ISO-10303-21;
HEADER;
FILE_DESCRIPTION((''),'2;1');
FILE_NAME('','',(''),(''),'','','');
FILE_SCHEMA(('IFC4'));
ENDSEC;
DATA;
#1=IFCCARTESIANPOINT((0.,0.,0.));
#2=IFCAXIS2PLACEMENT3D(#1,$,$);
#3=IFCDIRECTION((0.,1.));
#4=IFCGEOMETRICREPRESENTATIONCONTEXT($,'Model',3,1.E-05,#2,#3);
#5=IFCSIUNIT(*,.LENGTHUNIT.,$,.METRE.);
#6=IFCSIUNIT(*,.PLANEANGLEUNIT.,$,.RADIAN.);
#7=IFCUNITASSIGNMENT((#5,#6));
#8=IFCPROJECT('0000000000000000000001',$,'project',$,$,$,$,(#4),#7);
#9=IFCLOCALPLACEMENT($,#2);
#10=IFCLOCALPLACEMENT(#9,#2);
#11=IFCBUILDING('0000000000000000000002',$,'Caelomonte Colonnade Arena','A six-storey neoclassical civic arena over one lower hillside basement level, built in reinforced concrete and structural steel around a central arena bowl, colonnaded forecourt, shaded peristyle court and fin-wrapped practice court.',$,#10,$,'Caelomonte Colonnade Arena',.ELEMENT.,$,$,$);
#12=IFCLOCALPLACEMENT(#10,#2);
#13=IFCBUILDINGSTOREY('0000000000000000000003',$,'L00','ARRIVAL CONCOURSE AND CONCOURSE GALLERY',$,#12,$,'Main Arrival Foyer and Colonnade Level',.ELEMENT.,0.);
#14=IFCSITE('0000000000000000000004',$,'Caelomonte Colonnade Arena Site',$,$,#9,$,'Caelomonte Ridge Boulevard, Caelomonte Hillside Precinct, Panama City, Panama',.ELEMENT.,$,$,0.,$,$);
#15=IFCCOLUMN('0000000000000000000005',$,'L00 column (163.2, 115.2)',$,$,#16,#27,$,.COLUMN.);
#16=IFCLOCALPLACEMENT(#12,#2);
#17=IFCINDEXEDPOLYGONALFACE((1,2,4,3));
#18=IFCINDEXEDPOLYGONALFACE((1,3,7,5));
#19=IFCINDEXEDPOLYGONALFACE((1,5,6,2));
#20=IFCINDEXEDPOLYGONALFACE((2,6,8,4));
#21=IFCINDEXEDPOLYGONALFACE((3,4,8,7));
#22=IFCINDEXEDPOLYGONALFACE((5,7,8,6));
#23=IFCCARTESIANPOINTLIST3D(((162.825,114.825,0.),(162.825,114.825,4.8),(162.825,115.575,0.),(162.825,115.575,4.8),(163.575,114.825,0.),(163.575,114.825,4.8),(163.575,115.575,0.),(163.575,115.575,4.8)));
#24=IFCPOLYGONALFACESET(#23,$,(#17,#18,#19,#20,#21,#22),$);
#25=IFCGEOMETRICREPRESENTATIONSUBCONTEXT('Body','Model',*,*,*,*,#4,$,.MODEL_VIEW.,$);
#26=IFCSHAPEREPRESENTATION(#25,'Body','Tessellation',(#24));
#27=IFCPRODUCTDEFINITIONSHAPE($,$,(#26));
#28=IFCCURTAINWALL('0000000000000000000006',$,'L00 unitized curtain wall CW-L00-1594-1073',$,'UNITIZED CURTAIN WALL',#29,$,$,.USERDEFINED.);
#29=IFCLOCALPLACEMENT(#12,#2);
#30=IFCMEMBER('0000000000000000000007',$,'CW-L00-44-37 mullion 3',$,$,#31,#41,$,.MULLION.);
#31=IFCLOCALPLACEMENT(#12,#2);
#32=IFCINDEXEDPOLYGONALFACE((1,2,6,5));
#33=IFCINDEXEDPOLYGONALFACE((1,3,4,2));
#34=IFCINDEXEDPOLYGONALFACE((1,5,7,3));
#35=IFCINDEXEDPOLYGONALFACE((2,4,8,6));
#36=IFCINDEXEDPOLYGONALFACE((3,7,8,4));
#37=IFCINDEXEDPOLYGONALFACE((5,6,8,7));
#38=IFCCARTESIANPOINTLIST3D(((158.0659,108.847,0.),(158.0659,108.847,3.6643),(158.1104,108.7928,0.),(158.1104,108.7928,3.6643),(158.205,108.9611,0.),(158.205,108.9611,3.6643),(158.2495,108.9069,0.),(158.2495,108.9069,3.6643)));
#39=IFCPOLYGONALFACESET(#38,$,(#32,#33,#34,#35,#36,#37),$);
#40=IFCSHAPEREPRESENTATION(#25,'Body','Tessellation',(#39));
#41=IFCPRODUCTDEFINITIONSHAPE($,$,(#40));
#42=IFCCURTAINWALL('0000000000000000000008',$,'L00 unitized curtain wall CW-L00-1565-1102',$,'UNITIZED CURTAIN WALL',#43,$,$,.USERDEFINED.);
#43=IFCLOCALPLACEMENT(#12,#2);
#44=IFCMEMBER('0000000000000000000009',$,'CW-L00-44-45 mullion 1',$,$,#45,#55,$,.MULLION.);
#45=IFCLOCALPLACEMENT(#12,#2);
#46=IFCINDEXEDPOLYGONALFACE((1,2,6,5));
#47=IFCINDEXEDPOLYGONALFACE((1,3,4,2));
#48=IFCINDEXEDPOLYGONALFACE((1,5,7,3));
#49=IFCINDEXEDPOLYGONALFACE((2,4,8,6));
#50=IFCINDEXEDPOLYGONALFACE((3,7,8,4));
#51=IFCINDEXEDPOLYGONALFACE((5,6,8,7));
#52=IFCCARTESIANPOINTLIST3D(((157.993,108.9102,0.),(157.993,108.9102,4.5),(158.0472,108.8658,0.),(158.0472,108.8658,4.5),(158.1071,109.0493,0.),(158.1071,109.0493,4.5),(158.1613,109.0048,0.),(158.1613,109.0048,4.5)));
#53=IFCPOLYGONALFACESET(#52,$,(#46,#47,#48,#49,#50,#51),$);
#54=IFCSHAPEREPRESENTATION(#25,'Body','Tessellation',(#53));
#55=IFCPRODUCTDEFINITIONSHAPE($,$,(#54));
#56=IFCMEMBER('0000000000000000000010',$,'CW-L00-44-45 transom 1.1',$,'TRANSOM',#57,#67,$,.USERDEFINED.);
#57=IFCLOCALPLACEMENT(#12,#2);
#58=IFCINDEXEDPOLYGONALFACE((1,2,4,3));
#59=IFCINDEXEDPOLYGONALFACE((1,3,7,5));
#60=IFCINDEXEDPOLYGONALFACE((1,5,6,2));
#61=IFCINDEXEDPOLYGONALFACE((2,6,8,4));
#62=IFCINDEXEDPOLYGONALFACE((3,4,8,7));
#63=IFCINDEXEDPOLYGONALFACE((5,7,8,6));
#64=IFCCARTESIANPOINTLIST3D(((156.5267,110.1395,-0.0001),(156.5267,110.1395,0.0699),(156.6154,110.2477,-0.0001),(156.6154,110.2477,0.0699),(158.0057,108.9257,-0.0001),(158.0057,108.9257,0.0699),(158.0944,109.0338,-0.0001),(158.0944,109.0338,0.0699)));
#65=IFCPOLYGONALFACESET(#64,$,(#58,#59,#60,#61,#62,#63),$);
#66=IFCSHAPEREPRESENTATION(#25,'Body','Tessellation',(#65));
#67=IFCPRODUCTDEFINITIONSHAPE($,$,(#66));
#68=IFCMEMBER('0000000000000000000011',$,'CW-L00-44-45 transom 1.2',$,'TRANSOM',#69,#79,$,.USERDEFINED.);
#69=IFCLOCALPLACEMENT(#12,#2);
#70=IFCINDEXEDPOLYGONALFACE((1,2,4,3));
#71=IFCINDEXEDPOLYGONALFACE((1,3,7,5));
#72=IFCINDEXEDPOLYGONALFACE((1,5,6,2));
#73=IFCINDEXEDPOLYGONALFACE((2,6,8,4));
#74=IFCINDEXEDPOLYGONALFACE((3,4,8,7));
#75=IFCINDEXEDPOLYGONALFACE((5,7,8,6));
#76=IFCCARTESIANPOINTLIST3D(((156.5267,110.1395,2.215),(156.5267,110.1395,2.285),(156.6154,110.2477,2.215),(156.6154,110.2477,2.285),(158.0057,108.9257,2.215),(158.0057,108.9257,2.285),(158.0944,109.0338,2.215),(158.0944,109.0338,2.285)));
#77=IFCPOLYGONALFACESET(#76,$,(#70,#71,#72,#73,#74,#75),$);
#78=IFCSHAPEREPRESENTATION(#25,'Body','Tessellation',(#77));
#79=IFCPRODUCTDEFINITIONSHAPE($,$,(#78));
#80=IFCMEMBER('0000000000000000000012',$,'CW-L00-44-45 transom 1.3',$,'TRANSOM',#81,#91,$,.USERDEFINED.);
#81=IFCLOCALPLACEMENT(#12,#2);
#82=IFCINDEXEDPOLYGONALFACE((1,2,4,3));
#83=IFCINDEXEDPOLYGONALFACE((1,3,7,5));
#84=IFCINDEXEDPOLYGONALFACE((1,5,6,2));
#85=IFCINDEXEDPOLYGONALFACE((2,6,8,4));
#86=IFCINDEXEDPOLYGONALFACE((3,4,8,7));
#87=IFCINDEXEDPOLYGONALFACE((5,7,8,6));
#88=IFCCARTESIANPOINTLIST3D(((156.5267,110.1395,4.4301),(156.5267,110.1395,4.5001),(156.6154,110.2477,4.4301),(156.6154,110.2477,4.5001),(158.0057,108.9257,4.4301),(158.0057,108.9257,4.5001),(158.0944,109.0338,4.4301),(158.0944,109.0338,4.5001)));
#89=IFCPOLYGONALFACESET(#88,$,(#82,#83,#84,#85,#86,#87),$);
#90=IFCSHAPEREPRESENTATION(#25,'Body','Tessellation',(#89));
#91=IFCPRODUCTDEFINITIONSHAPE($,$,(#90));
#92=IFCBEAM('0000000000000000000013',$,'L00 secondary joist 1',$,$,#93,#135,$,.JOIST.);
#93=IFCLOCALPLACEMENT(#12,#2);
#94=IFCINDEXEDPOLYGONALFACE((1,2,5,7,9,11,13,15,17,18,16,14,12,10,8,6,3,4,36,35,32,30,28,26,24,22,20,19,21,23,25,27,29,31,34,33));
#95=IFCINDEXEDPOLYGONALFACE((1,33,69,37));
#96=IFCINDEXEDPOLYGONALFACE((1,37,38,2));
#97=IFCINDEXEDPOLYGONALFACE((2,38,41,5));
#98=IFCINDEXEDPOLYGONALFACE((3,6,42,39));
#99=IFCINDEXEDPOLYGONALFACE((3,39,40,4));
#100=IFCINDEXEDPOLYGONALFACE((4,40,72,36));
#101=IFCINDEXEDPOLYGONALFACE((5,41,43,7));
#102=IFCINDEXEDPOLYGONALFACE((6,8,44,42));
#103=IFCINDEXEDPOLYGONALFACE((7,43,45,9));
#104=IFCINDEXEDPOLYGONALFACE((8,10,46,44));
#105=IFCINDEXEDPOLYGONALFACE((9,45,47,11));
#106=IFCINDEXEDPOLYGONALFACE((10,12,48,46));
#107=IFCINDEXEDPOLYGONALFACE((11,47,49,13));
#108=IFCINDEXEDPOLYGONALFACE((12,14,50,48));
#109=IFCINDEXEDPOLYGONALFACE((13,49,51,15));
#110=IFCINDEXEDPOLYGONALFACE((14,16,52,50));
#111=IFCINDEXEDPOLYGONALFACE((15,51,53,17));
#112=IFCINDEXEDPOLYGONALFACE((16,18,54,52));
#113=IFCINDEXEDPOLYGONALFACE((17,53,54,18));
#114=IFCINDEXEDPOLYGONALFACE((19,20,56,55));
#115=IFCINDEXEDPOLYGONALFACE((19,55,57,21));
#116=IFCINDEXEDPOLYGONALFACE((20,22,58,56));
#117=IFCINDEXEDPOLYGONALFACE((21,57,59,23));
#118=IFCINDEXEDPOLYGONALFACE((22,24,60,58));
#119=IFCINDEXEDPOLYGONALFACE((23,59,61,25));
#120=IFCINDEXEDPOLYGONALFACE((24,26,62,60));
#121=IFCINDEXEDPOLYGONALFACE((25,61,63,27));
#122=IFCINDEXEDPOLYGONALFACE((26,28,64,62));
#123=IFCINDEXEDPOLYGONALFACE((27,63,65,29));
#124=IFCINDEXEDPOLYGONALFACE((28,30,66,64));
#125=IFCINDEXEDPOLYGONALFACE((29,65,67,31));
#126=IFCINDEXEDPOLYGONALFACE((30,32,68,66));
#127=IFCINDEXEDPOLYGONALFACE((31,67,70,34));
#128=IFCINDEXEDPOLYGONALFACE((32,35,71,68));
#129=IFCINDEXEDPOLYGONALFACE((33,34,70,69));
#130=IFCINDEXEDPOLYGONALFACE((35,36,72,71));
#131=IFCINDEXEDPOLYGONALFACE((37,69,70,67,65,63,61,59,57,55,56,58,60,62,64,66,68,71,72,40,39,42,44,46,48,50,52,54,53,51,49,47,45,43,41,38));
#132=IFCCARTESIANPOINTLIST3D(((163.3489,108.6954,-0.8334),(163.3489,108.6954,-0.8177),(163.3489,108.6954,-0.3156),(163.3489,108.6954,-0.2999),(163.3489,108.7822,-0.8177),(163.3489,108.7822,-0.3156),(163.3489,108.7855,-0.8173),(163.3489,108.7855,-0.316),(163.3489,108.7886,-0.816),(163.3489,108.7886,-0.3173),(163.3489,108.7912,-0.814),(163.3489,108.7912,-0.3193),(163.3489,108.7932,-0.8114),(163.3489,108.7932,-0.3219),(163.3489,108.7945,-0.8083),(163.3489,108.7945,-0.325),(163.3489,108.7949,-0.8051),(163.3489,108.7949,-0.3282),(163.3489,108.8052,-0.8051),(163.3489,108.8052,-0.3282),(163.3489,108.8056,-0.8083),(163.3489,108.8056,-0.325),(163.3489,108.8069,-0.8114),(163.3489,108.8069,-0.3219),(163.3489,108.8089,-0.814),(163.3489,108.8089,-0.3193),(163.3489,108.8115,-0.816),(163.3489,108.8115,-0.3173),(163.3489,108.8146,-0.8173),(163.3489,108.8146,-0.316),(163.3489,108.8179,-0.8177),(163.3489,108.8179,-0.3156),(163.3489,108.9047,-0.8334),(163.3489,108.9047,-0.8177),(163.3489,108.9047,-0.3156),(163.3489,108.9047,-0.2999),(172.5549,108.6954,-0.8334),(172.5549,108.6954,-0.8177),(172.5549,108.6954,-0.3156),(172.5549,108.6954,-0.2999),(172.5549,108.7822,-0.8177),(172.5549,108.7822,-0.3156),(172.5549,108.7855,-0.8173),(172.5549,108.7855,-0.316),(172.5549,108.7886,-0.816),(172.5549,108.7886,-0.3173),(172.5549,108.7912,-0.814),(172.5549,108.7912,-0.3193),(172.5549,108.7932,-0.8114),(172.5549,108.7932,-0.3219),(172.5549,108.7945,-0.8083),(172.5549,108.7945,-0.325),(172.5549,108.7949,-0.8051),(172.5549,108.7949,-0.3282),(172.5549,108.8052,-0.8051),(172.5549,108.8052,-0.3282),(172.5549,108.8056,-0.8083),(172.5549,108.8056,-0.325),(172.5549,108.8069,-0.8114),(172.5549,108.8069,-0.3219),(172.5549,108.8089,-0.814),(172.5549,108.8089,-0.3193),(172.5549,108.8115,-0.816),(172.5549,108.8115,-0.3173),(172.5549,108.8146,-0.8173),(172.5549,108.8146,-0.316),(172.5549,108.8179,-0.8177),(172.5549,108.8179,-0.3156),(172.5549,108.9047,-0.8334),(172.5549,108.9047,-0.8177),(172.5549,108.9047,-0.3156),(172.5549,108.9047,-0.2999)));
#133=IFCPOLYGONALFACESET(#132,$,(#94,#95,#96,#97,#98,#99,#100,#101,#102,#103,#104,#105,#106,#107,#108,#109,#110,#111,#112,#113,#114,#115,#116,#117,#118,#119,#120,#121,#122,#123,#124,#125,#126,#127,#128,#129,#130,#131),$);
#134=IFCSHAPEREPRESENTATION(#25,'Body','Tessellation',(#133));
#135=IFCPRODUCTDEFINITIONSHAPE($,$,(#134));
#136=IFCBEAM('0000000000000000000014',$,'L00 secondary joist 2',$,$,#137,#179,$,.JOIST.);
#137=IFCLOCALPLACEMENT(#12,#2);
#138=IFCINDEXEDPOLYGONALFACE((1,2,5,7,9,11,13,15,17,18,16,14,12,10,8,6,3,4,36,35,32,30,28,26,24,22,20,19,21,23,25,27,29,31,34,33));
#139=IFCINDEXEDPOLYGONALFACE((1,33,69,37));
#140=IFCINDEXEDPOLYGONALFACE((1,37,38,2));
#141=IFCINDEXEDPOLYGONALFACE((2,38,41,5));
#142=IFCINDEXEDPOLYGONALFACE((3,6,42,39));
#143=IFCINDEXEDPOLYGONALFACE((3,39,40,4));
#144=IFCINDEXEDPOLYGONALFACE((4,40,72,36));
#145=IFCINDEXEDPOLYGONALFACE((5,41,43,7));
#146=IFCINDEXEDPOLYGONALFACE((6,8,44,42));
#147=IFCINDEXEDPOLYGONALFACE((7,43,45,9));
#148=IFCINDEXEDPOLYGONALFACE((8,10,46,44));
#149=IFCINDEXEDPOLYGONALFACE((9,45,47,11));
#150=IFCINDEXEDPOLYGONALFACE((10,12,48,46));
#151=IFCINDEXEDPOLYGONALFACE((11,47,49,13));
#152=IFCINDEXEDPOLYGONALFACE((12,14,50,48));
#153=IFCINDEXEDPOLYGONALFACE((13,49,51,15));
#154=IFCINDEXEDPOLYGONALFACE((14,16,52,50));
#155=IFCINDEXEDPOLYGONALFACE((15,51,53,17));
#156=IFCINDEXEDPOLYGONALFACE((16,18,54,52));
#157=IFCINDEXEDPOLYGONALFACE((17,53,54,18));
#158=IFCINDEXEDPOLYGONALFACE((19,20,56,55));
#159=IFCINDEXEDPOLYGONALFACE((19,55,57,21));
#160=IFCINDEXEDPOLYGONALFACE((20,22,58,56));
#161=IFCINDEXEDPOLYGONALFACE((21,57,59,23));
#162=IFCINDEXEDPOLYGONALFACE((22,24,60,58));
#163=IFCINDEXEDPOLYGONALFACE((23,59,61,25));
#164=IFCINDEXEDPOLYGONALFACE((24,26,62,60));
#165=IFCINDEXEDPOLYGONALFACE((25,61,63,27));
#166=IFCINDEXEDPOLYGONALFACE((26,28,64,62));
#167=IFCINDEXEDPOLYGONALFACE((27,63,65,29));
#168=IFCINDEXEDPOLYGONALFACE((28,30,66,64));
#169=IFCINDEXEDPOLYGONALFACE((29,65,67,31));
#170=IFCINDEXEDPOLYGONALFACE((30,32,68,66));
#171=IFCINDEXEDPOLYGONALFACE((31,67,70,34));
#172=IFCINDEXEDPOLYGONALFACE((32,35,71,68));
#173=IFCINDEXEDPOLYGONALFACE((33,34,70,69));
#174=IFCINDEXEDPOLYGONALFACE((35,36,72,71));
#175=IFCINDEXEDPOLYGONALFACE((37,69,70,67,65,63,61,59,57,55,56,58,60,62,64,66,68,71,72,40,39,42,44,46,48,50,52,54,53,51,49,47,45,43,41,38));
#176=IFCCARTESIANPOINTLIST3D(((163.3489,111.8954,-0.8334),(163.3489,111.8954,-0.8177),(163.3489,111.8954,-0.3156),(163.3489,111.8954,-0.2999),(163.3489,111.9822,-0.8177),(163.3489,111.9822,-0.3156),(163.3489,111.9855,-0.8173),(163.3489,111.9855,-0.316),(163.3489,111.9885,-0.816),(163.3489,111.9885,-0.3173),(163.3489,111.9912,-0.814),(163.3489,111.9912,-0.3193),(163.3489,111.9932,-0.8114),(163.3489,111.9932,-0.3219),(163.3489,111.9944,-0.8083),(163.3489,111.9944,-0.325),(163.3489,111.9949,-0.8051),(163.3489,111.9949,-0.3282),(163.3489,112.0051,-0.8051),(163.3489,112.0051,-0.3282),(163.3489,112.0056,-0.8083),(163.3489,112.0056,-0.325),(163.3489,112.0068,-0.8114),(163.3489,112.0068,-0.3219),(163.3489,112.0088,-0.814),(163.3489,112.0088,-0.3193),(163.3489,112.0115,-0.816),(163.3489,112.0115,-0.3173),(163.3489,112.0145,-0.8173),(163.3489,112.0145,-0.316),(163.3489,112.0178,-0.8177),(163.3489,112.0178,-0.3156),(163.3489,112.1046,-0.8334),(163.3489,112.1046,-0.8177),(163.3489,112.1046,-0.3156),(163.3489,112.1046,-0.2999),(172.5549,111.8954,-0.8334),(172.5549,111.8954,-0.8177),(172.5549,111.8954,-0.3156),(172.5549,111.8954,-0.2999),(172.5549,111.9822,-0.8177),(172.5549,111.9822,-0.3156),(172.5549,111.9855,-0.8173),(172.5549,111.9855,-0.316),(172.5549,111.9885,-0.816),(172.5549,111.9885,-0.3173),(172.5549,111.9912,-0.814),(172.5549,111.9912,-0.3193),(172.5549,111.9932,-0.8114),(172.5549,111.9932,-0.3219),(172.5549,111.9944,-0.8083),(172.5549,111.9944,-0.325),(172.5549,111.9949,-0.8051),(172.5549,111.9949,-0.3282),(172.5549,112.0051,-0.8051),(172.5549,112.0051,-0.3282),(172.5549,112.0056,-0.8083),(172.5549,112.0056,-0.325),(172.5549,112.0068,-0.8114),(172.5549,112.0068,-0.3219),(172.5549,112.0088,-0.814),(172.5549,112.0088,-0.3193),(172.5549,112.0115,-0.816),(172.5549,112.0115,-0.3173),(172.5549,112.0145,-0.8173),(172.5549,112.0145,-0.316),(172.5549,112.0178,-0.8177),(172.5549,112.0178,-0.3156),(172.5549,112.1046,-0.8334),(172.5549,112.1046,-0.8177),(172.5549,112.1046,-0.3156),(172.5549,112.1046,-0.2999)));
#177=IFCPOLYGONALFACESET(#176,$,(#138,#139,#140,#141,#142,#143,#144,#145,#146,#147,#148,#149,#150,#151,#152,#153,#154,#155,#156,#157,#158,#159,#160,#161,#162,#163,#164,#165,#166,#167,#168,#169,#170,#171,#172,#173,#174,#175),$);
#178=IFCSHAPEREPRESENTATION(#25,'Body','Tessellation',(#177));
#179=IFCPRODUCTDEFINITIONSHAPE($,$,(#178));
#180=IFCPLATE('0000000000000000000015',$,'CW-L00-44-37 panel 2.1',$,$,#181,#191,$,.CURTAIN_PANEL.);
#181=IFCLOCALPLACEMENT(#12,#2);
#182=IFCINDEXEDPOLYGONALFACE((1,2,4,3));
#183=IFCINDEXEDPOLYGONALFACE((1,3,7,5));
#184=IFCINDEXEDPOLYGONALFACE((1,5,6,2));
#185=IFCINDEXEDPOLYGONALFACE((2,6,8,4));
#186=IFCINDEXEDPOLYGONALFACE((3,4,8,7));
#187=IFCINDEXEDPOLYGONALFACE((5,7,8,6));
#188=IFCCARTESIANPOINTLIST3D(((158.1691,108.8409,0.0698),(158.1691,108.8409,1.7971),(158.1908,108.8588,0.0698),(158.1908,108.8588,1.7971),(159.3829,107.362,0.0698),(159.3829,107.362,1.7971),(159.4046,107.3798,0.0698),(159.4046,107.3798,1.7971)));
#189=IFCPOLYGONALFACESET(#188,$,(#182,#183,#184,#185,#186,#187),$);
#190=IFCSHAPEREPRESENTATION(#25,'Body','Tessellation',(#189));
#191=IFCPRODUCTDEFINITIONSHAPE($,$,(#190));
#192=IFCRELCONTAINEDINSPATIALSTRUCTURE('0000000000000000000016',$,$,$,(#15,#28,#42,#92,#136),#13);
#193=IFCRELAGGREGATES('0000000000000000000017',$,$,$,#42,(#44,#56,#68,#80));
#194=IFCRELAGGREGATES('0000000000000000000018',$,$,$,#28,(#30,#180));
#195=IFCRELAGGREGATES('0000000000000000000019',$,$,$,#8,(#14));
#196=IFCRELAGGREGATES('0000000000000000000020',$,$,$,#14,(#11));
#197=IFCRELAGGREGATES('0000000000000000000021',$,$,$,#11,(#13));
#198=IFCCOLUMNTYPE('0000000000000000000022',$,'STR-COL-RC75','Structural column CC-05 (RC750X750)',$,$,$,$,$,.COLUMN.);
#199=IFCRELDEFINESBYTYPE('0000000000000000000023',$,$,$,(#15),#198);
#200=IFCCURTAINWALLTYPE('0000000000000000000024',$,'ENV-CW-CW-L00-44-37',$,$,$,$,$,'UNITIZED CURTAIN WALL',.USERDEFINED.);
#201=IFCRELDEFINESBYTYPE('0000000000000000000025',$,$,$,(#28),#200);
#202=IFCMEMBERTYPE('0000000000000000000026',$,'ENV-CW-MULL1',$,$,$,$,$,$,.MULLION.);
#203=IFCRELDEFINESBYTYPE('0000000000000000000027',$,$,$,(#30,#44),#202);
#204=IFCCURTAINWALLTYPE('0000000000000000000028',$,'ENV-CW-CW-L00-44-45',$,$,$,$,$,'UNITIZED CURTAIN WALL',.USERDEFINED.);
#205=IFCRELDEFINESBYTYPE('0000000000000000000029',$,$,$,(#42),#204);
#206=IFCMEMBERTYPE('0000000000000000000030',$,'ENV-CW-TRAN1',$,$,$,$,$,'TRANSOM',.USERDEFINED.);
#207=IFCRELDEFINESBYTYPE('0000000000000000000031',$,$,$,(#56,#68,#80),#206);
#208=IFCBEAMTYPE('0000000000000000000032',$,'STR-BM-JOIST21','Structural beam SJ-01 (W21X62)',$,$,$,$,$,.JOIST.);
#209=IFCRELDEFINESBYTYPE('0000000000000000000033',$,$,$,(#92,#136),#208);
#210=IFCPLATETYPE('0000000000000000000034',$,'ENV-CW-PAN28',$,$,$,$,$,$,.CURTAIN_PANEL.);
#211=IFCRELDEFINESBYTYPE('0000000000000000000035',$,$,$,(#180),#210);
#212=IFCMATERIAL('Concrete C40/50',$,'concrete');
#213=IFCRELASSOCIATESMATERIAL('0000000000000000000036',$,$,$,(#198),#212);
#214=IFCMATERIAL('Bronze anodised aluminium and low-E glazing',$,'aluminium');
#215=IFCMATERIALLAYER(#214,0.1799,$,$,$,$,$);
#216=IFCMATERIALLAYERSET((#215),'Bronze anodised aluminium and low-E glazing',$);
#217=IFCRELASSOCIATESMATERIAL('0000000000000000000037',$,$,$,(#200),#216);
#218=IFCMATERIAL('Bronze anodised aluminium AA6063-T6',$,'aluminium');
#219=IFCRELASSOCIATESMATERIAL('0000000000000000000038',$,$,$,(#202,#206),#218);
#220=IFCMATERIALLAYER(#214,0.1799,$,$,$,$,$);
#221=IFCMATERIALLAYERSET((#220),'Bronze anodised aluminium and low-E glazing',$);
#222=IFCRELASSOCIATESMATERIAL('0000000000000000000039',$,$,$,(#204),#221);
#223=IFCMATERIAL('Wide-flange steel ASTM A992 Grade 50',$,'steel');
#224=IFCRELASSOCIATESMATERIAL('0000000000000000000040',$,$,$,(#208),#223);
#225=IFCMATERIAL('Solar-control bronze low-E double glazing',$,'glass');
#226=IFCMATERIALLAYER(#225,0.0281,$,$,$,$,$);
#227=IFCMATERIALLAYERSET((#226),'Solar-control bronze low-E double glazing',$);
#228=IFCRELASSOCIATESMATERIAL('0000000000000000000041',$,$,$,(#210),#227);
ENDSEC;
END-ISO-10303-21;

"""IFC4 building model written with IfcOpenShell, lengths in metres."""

from ifc_helpers import new_model, si_unit, direction, frame, origin, origin_2d, place, context, subcontext, project, spatial, rectangle, i_section, extrude, material, layer, layer_set, material_profile, profile_set, type_object, element, aggregate, save


model = new_model("IFC4")

# Units and contexts
model_context = context("Model", 3, precision=1e-05, world=origin(), true_north=direction((0.0, 1.0)))
body_context = subcontext(model_context, "Body", "Model", "MODEL_VIEW")
ifc_project = project(units=[si_unit("LENGTHUNIT", "METRE"), si_unit("PLANEANGLEUNIT", "RADIAN")], contexts=[model_context])

# Site, building, storey
site_placement = place(None, origin())
site = spatial("IfcSite", under=ifc_project, at=site_placement, Name="Caelomonte Colonnade Arena Site", LongName="Caelomonte Ridge Boulevard, Caelomonte Hillside Precinct, Panama City, Panama", CompositionType="ELEMENT", RefElevation=0.0)
building_placement = place(site_placement, origin())
building = spatial("IfcBuilding", under=site, at=building_placement, Name="Caelomonte Colonnade Arena", Description="A six-storey neoclassical civic arena over one lower hillside basement level, built in reinforced concrete and structural steel around a central arena bowl, colonnaded forecourt, shaded peristyle court and fin-wrapped practice court.", LongName="Caelomonte Colonnade Arena", CompositionType="ELEMENT")
storey_placement = place(building_placement, origin())
storey = spatial("IfcBuildingStorey", under=building, at=storey_placement, Name="L00", Description="ARRIVAL CONCOURSE AND CONCOURSE GALLERY", LongName="Main Arrival Foyer and Colonnade Level", CompositionType="ELEMENT", Elevation=0.0)

# Column
ifc_material_1 = material(Name="Concrete C40/50", Category="concrete")
ifc_material_profile_1 = material_profile(ifc_material_1, rectangle(XDim=0.75, YDim=0.75, at=origin_2d()), Name="RC750X750")
ifc_profile_set_1 = profile_set([ifc_material_profile_1], Name="Concrete C40/50")
column_type = type_object("IfcColumnType", Name="STR-COL-RC75", Description="Structural column CC-05 (RC750X750)", PredefinedType="COLUMN", material=ifc_profile_set_1)
column_placement = place(storey_placement, frame((163.2, 115.2, 0.0), z_axis=(0.0, 0.0, 1.0), x_axis=(1.0, 0.0, 0.0)))
element("IfcColumn", 1, at=column_placement, inside=storey, type_object=column_type, Name="L00 column (163.2, 115.2)", PredefinedType="COLUMN", context=body_context, shape_type="SweptSolid", body=[
    extrude(rectangle(XDim=0.75, YDim=0.75, at=origin_2d()), origin(), (0.0, 0.0, 1.0), 4.8),
])

# Curtain wall, member
ifc_material_2 = material(Name="Bronze anodised aluminium and low-E glazing", Category="aluminium")
ifc_layer_1 = layer(ifc_material_2, 0.1799)
ifc_layer_set_1 = layer_set([ifc_layer_1], Name="Bronze anodised aluminium and low-E glazing")
curtain_wall_type_1 = type_object("IfcCurtainWallType", Name="ENV-CW-CW-L00-44-37", ElementType="UNITIZED CURTAIN WALL", PredefinedType="USERDEFINED", material=ifc_layer_set_1)
curtain_wall_1_placement = place(storey_placement, origin())
curtain_wall_1 = element("IfcCurtainWall", 2, at=curtain_wall_1_placement, inside=storey, type_object=curtain_wall_type_1, Name="L00 unitized curtain wall CW-L00-1594-1073", ObjectType="UNITIZED CURTAIN WALL", PredefinedType="USERDEFINED")
ifc_material_3 = material(Name="Bronze anodised aluminium AA6063-T6", Category="aluminium")
ifc_material_profile_2 = material_profile(ifc_material_3, rectangle(XDim=0.0701, YDim=0.1799, at=origin_2d()), Name="CWM-70X180")
ifc_profile_set_2 = profile_set([ifc_material_profile_2], Name="Bronze anodised aluminium AA6063-T6")
member_type_1 = type_object("IfcMemberType", Name="ENV-CW-MULL1", PredefinedType="MULLION", material=ifc_profile_set_2)
member_1_placement = place(storey_placement, frame((158.1577, 108.877, 0.0), z_axis=(0.0, 0.0, 1.0), x_axis=(-0.634416, 0.772992, 0.0)))
member_1 = element("IfcMember", 3, at=member_1_placement, type_object=member_type_1, Name="CW-L00-44-37 mullion 3", PredefinedType="MULLION", context=body_context, shape_type="SweptSolid", body=[
    extrude(rectangle(XDim=0.0701, YDim=0.1799, at=origin_2d()), origin(), (0.0, 0.0, 1.0), 3.6643),
])

# Curtain wall, members
ifc_layer_2 = layer(ifc_material_2, 0.1799)
ifc_layer_set_2 = layer_set([ifc_layer_2], Name="Bronze anodised aluminium and low-E glazing")
curtain_wall_type_2 = type_object("IfcCurtainWallType", Name="ENV-CW-CW-L00-44-45", ElementType="UNITIZED CURTAIN WALL", PredefinedType="USERDEFINED", material=ifc_layer_set_2)
curtain_wall_2_placement = place(storey_placement, origin())
curtain_wall_2 = element("IfcCurtainWall", 4, at=curtain_wall_2_placement, inside=storey, type_object=curtain_wall_type_2, Name="L00 unitized curtain wall CW-L00-1565-1102", ObjectType="UNITIZED CURTAIN WALL", PredefinedType="USERDEFINED")
member_2_placement = place(storey_placement, frame((158.0771, 108.9575, 0.0), z_axis=(0.0, 0.0, 1.0), x_axis=(-0.772992, 0.634416, 0.0)))
member_2 = element("IfcMember", 5, at=member_2_placement, type_object=member_type_1, Name="CW-L00-44-45 mullion 1", PredefinedType="MULLION", context=body_context, shape_type="SweptSolid", body=[
    extrude(rectangle(XDim=0.0701, YDim=0.1799, at=origin_2d()), origin(), (0.0, 0.0, 1.0), 4.5),
])
ifc_material_profile_3 = material_profile(ifc_material_3, rectangle(XDim=0.0701, YDim=0.1399, at=origin_2d()), Name="CWT-70X140")
ifc_profile_set_3 = profile_set([ifc_material_profile_3], Name="Bronze anodised aluminium AA6063-T6")
member_type_2 = type_object("IfcMemberType", Name="ENV-CW-TRAN1", ElementType="TRANSOM", PredefinedType="USERDEFINED", material=ifc_profile_set_3)
member_3_placement = place(storey_placement, frame((158.05, 108.9797, 0.0349), z_axis=(-0.77299, 0.634418, 0.0), x_axis=(0.0, 0.0, 1.0)))
member_3 = element("IfcMember", 6, at=member_3_placement, type_object=member_type_2, Name="CW-L00-44-45 transom 1.1", ObjectType="TRANSOM", PredefinedType="USERDEFINED", context=body_context, shape_type="SweptSolid", body=[
    extrude(rectangle(XDim=0.0701, YDim=0.1399, at=origin_2d()), origin(), (0.0, 0.0, 1.0), 1.9133),
])
member_4_placement = place(storey_placement, frame((158.05, 108.9797, 2.25), z_axis=(-0.77299, 0.634418, 0.0), x_axis=(0.0, 0.0, 1.0)))
member_4 = element("IfcMember", 7, at=member_4_placement, type_object=member_type_2, Name="CW-L00-44-45 transom 1.2", ObjectType="TRANSOM", PredefinedType="USERDEFINED", context=body_context, shape_type="SweptSolid", body=[
    extrude(rectangle(XDim=0.0701, YDim=0.1399, at=origin_2d()), origin(), (0.0, 0.0, 1.0), 1.9133),
])
member_5_placement = place(storey_placement, frame((158.05, 108.9797, 4.4651), z_axis=(-0.77299, 0.634418, 0.0), x_axis=(0.0, 0.0, 1.0)))
member_5 = element("IfcMember", 8, at=member_5_placement, type_object=member_type_2, Name="CW-L00-44-45 transom 1.3", ObjectType="TRANSOM", PredefinedType="USERDEFINED", context=body_context, shape_type="SweptSolid", body=[
    extrude(rectangle(XDim=0.0701, YDim=0.1399, at=origin_2d()), origin(), (0.0, 0.0, 1.0), 1.9133),
])
aggregate(curtain_wall_2, [member_2, member_3, member_4, member_5])

# Beams
ifc_material_4 = material(Name="Wide-flange steel ASTM A992 Grade 50", Category="steel")
ifc_material_profile_4 = material_profile(ifc_material_4, i_section(OverallWidth=0.2092, OverallDepth=0.5334, WebThickness=0.0103, FlangeThickness=0.0156, FilletRadius=0.0127, at=origin_2d()), Name="W21X62")
ifc_profile_set_4 = profile_set([ifc_material_profile_4], Name="Wide-flange steel ASTM A992 Grade 50")
beam_type = type_object("IfcBeamType", Name="STR-BM-JOIST21", Description="Structural beam SJ-01 (W21X62)", PredefinedType="JOIST", material=ifc_profile_set_4)
for number, where, z_axis, x_axis, name in (
    (9, (163.3489, 108.8, -0.5667), (1.0, 0.0, 0.0), (0.0, 1.0, 0.0), "L00 secondary joist 1"),
    (10, (163.3489, 112.0, -0.5667), (1.0, 0.0, 0.0), (0.0, 1.0, 0.0), "L00 secondary joist 2"),
):
    element("IfcBeam", number, at=place(storey_placement, frame(where, z_axis=z_axis, x_axis=x_axis)), inside=storey, type_object=beam_type, Name=name, PredefinedType="JOIST", context=body_context, shape_type="SweptSolid", body=[
        extrude(i_section(OverallWidth=0.2092, OverallDepth=0.5334, WebThickness=0.0103, FlangeThickness=0.0156, FilletRadius=0.0127, at=origin_2d()), origin(), (0.0, 0.0, 1.0), 9.2061),
    ])

# Plate
ifc_material_5 = material(Name="Solar-control bronze low-E double glazing", Category="glass")
ifc_layer_3 = layer(ifc_material_5, 0.0281)
ifc_layer_set_3 = layer_set([ifc_layer_3], Name="Solar-control bronze low-E double glazing")
plate_type = type_object("IfcPlateType", Name="ENV-CW-PAN28", PredefinedType="CURTAIN_PANEL", material=ifc_layer_set_3)
plate_1_placement = place(storey_placement, frame((158.7869, 108.1104, 0.0698), z_axis=(0.0, 0.0, 1.0), x_axis=(-0.634416, 0.772992, 0.0)))
plate_1 = element("IfcPlate", 11, at=plate_1_placement, type_object=plate_type, Name="CW-L00-44-37 panel 2.1", PredefinedType="CURTAIN_PANEL", context=body_context, shape_type="SweptSolid", body=[
    extrude(rectangle(XDim=1.9133, YDim=0.0281, at=origin_2d()), origin(), (0.0, 0.0, 1.0), 1.7273),
])
aggregate(curtain_wall_1, [member_1, plate_1])

save(model, "model.ifc")
